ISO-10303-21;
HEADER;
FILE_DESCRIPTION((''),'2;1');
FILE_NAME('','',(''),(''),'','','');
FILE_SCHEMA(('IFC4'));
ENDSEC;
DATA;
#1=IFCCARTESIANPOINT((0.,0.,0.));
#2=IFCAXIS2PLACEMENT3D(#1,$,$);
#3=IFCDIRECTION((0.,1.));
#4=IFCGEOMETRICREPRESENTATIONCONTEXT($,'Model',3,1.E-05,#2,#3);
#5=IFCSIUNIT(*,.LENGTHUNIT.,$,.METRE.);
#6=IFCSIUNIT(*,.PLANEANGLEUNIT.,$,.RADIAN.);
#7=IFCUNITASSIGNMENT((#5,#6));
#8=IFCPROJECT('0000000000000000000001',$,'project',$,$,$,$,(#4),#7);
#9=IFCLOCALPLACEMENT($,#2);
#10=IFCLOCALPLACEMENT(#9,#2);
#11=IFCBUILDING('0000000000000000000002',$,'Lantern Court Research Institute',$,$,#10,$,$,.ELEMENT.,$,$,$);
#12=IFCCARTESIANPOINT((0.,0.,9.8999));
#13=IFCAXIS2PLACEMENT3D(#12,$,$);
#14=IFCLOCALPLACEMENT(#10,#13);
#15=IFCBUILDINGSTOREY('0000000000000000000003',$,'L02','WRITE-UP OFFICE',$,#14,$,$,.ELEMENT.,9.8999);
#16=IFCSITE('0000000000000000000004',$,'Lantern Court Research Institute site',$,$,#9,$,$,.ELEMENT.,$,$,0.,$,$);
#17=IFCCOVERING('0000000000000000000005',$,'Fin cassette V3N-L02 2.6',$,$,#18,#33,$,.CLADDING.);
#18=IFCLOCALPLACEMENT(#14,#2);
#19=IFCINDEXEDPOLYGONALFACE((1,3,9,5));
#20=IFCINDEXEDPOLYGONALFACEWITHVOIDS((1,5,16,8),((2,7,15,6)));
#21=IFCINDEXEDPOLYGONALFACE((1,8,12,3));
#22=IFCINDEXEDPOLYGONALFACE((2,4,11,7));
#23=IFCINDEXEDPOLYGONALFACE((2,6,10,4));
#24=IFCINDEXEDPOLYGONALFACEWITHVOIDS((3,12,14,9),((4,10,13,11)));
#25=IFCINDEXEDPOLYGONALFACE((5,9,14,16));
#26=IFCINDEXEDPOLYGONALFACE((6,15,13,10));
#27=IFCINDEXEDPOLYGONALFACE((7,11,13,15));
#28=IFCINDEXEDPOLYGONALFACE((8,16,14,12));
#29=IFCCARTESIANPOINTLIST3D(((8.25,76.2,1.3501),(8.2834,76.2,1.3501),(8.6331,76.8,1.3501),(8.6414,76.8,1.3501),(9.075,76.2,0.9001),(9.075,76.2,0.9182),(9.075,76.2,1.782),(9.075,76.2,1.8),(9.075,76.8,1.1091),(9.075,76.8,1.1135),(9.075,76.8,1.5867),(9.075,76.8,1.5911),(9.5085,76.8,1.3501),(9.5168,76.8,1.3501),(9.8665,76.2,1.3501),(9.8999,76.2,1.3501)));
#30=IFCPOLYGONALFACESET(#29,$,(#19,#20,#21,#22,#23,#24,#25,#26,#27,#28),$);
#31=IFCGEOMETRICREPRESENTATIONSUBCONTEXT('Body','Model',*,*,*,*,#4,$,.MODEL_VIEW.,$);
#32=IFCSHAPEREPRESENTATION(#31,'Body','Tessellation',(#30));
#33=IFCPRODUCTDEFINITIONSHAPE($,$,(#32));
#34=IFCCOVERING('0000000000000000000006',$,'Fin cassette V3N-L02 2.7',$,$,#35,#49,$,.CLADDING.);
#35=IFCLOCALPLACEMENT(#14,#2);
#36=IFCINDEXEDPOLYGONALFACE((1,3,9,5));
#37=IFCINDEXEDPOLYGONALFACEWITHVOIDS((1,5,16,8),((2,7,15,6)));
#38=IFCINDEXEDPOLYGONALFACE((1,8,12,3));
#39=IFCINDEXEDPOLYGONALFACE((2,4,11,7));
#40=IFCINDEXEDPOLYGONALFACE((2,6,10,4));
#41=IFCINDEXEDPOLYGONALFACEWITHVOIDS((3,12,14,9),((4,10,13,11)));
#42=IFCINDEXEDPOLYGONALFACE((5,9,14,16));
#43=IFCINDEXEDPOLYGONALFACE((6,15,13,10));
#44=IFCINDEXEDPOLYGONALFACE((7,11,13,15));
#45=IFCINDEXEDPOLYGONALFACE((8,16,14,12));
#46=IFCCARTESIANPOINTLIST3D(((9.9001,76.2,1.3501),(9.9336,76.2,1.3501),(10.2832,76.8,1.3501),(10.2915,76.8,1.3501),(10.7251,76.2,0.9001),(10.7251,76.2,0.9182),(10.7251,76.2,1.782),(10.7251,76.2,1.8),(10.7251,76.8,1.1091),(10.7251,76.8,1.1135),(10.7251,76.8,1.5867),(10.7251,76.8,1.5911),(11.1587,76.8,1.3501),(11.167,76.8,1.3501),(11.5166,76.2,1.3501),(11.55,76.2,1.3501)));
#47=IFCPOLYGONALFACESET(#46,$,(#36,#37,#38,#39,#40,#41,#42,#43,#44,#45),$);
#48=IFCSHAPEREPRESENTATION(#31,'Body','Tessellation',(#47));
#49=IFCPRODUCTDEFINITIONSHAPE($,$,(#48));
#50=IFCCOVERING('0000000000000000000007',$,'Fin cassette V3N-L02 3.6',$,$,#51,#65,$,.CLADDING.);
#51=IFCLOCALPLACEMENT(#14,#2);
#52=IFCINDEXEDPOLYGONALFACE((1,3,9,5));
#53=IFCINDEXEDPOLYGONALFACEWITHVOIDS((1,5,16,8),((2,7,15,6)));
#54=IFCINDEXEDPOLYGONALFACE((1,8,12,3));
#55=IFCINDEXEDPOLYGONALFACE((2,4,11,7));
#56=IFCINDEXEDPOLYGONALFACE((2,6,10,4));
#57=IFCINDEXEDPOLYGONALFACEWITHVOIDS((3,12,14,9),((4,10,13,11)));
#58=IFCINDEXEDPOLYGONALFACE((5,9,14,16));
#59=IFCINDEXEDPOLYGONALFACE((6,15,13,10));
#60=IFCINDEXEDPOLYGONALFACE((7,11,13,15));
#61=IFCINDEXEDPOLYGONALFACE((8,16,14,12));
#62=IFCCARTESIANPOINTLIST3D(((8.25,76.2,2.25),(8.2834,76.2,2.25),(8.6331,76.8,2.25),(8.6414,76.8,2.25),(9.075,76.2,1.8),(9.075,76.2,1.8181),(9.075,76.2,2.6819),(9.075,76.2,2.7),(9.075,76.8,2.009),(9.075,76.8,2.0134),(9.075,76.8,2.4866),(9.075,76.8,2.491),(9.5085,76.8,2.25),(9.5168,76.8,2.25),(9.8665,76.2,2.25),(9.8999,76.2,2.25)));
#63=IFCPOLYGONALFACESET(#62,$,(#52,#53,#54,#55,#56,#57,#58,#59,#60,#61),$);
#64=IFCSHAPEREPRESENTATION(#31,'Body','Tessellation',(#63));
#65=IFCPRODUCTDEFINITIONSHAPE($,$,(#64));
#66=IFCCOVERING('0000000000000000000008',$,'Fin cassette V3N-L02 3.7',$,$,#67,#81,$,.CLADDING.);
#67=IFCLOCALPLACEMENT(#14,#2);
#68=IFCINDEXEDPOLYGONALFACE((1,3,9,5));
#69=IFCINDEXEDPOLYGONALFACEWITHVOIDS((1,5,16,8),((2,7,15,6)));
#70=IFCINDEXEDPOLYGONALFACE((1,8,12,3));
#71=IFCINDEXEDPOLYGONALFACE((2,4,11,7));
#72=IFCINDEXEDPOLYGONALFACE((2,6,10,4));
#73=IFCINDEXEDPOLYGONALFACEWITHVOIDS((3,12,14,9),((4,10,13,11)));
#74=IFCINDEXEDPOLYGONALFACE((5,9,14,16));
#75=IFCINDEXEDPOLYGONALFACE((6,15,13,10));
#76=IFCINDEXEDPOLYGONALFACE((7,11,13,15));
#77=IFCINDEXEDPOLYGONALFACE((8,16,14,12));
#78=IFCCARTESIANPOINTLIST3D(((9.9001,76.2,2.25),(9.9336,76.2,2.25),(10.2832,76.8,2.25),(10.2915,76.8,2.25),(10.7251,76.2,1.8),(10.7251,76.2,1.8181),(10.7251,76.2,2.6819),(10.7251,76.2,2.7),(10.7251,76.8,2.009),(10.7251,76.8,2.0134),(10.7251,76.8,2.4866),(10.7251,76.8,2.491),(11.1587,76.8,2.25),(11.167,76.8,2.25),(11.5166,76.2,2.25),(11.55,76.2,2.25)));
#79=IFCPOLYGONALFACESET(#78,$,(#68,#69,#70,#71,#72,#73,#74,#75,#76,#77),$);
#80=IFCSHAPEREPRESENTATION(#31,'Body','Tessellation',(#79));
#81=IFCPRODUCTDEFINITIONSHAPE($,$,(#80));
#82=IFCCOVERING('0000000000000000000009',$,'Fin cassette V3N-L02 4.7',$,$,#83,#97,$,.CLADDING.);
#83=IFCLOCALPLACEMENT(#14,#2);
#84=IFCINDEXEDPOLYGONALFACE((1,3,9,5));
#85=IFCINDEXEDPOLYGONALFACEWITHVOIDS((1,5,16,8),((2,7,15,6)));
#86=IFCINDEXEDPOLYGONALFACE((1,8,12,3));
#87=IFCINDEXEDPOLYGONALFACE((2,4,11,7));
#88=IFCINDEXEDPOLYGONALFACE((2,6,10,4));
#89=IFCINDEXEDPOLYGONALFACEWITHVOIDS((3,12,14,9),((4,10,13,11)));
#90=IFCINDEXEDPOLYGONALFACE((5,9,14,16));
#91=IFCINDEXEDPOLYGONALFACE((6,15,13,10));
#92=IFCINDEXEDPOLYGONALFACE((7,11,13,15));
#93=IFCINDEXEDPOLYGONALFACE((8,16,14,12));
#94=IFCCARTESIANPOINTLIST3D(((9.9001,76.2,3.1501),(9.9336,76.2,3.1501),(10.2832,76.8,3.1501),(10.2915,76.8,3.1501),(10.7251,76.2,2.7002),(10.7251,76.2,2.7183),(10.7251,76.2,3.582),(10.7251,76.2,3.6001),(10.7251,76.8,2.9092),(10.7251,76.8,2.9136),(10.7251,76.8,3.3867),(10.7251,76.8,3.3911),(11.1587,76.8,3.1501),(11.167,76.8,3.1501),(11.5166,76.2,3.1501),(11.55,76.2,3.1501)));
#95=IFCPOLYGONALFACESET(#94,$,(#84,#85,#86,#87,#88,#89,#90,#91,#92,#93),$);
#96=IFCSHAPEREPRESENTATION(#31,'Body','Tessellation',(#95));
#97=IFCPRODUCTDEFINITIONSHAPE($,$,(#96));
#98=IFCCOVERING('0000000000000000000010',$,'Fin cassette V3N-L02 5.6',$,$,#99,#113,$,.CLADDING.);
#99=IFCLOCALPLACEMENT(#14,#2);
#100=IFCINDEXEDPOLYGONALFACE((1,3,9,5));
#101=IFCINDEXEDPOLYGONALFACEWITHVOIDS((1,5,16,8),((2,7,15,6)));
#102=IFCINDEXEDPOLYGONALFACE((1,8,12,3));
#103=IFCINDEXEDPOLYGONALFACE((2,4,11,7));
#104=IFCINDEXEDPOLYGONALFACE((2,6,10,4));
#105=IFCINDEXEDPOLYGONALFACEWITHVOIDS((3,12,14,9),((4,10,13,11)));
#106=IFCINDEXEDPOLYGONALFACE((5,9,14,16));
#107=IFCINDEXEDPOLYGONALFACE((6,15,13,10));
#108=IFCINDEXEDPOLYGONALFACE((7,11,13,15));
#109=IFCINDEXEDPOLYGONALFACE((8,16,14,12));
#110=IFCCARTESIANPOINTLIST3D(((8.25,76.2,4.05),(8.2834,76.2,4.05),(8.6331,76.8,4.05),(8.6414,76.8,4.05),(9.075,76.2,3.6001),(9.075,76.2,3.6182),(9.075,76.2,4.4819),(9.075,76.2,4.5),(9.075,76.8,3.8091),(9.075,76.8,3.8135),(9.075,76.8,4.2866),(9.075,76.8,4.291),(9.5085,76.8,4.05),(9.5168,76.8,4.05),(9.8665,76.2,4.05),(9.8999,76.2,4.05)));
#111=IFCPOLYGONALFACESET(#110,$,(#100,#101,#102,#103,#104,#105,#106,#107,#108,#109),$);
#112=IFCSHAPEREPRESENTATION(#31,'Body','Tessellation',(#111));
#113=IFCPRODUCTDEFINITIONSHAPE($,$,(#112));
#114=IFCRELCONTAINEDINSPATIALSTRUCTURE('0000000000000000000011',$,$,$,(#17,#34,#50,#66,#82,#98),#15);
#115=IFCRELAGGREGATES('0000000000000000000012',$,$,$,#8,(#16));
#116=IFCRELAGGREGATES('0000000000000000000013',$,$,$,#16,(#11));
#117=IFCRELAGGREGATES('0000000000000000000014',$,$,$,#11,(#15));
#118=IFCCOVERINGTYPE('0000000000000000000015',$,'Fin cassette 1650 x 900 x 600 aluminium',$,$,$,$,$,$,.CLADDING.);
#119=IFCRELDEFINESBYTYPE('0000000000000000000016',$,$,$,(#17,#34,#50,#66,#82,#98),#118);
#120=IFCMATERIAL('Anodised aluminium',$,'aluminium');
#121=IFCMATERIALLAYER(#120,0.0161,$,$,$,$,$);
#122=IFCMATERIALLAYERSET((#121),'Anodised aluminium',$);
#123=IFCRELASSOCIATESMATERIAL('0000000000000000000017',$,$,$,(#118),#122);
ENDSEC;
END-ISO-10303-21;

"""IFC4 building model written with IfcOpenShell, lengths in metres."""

from ifc_helpers import new_model, entity, si_unit, direction, frame, origin, place, context, subcontext, project, spatial, material, layer, layer_set, type_object, element, save


model = new_model("IFC4")

# Units and contexts
model_context = context("Model", 3, precision=1e-05, world=origin(), true_north=direction((0.0, 1.0)))
body_context = subcontext(model_context, "Body", "Model", "MODEL_VIEW")
ifc_project = project(units=[si_unit("LENGTHUNIT", "METRE"), si_unit("PLANEANGLEUNIT", "RADIAN")], contexts=[model_context])

# Site, building, storey
site_placement = place(None, origin())
site = spatial("IfcSite", under=ifc_project, at=site_placement, Name="Lantern Court Research Institute site", CompositionType="ELEMENT", RefElevation=0.0)
building_placement = place(site_placement, origin())
building = spatial("IfcBuilding", under=site, at=building_placement, Name="Lantern Court Research Institute", CompositionType="ELEMENT")
storey_placement = place(building_placement, frame((0.0, 0.0, 9.8999)))
storey = spatial("IfcBuildingStorey", under=building, at=storey_placement, Name="L02", Description="WRITE-UP OFFICE", CompositionType="ELEMENT", Elevation=9.8999)

# Coverings
ifc_material_1 = material(Name="Anodised aluminium", Category="aluminium")
ifc_layer_1 = layer(ifc_material_1, 0.0161)
ifc_layer_set_1 = layer_set([ifc_layer_1], Name="Anodised aluminium")
covering_type_1 = type_object("IfcCoveringType", Name="Fin cassette 1650 x 900 x 600 aluminium", PredefinedType="CLADDING", material=ifc_layer_set_1)
covering_1_placement = place(storey_placement, frame((9.075, 76.2, 1.3501), z_axis=(0.0, 1.0, 0.0), x_axis=(-1.0, 0.0, 0.0)))
cartesian_point_1 = entity("IfcCartesianPoint", [0.825, 0.0])
cartesian_point_2 = entity("IfcCartesianPoint", [0.7915, 0.0])
cartesian_point_3 = entity("IfcCartesianPoint", [0.4419, 0.0])
cartesian_point_4 = entity("IfcCartesianPoint", [0.4336, 0.0])
element("IfcCovering", 1, at=covering_1_placement, inside=storey, type_object=covering_type_1, Name="Fin cassette V3N-L02 2.6", PredefinedType="CLADDING", context=body_context, shape_type="SweptSolid", body=[
    entity("IfcExtrudedAreaSolidTapered", entity("IfcArbitraryProfileDefWithVoids", "AREA", None, entity("IfcPolyline", [cartesian_point_1, entity("IfcCartesianPoint", [0.0, 0.45]), entity("IfcCartesianPoint", [-0.825, 0.0]), entity("IfcCartesianPoint", [0.0, -0.45]), cartesian_point_1]), [entity("IfcPolyline", [cartesian_point_2, entity("IfcCartesianPoint", [0.0, 0.4319]), entity("IfcCartesianPoint", [-0.7915, 0.0]), entity("IfcCartesianPoint", [0.0, -0.4319]), cartesian_point_2])]), entity("IfcAxis2Placement3D", entity("IfcCartesianPoint", [0.0, 0.0, 0.0])), entity("IfcDirection", [0.0, 0.0, 1.0]), 0.6001, entity("IfcArbitraryProfileDefWithVoids", "AREA", None, entity("IfcPolyline", [cartesian_point_3, entity("IfcCartesianPoint", [0.0, 0.241]), entity("IfcCartesianPoint", [-0.4419, 0.0]), entity("IfcCartesianPoint", [0.0, -0.241]), cartesian_point_3]), [entity("IfcPolyline", [cartesian_point_4, entity("IfcCartesianPoint", [0.0, 0.2366]), entity("IfcCartesianPoint", [-0.4336, 0.0]), entity("IfcCartesianPoint", [0.0, -0.2366]), cartesian_point_4])])),
])
covering_2_placement = place(storey_placement, frame((10.7251, 76.2, 1.3501), z_axis=(0.0, 1.0, 0.0), x_axis=(-1.0, 0.0, 0.0)))
cartesian_point_5 = entity("IfcCartesianPoint", [0.825, 0.0])
cartesian_point_6 = entity("IfcCartesianPoint", [0.7915, 0.0])
cartesian_point_7 = entity("IfcCartesianPoint", [0.4419, 0.0])
cartesian_point_8 = entity("IfcCartesianPoint", [0.4336, 0.0])
element("IfcCovering", 2, at=covering_2_placement, inside=storey, type_object=covering_type_1, Name="Fin cassette V3N-L02 2.7", PredefinedType="CLADDING", context=body_context, shape_type="SweptSolid", body=[
    entity("IfcExtrudedAreaSolidTapered", entity("IfcArbitraryProfileDefWithVoids", "AREA", None, entity("IfcPolyline", [cartesian_point_5, entity("IfcCartesianPoint", [0.0, 0.45]), entity("IfcCartesianPoint", [-0.825, 0.0]), entity("IfcCartesianPoint", [0.0, -0.45]), cartesian_point_5]), [entity("IfcPolyline", [cartesian_point_6, entity("IfcCartesianPoint", [0.0, 0.4319]), entity("IfcCartesianPoint", [-0.7915, 0.0]), entity("IfcCartesianPoint", [0.0, -0.4319]), cartesian_point_6])]), entity("IfcAxis2Placement3D", entity("IfcCartesianPoint", [0.0, 0.0, 0.0])), entity("IfcDirection", [0.0, 0.0, 1.0]), 0.6001, entity("IfcArbitraryProfileDefWithVoids", "AREA", None, entity("IfcPolyline", [cartesian_point_7, entity("IfcCartesianPoint", [0.0, 0.241]), entity("IfcCartesianPoint", [-0.4419, 0.0]), entity("IfcCartesianPoint", [0.0, -0.241]), cartesian_point_7]), [entity("IfcPolyline", [cartesian_point_8, entity("IfcCartesianPoint", [0.0, 0.2366]), entity("IfcCartesianPoint", [-0.4336, 0.0]), entity("IfcCartesianPoint", [0.0, -0.2366]), cartesian_point_8])])),
])
covering_3_placement = place(storey_placement, frame((9.075, 76.2, 2.25), z_axis=(0.0, 1.0, 0.0), x_axis=(-1.0, 0.0, 0.0)))
cartesian_point_9 = entity("IfcCartesianPoint", [0.825, 0.0])
cartesian_point_10 = entity("IfcCartesianPoint", [0.7915, 0.0])
cartesian_point_11 = entity("IfcCartesianPoint", [0.4419, 0.0])
cartesian_point_12 = entity("IfcCartesianPoint", [0.4336, 0.0])
element("IfcCovering", 3, at=covering_3_placement, inside=storey, type_object=covering_type_1, Name="Fin cassette V3N-L02 3.6", PredefinedType="CLADDING", context=body_context, shape_type="SweptSolid", body=[
    entity("IfcExtrudedAreaSolidTapered", entity("IfcArbitraryProfileDefWithVoids", "AREA", None, entity("IfcPolyline", [cartesian_point_9, entity("IfcCartesianPoint", [0.0, 0.45]), entity("IfcCartesianPoint", [-0.825, 0.0]), entity("IfcCartesianPoint", [0.0, -0.45]), cartesian_point_9]), [entity("IfcPolyline", [cartesian_point_10, entity("IfcCartesianPoint", [0.0, 0.4319]), entity("IfcCartesianPoint", [-0.7915, 0.0]), entity("IfcCartesianPoint", [0.0, -0.4319]), cartesian_point_10])]), entity("IfcAxis2Placement3D", entity("IfcCartesianPoint", [0.0, 0.0, 0.0])), entity("IfcDirection", [0.0, 0.0, 1.0]), 0.6001, entity("IfcArbitraryProfileDefWithVoids", "AREA", None, entity("IfcPolyline", [cartesian_point_11, entity("IfcCartesianPoint", [0.0, 0.241]), entity("IfcCartesianPoint", [-0.4419, 0.0]), entity("IfcCartesianPoint", [0.0, -0.241]), cartesian_point_11]), [entity("IfcPolyline", [cartesian_point_12, entity("IfcCartesianPoint", [0.0, 0.2366]), entity("IfcCartesianPoint", [-0.4336, 0.0]), entity("IfcCartesianPoint", [0.0, -0.2366]), cartesian_point_12])])),
])
covering_4_placement = place(storey_placement, frame((10.7251, 76.2, 2.25), z_axis=(0.0, 1.0, 0.0), x_axis=(-1.0, 0.0, 0.0)))
cartesian_point_13 = entity("IfcCartesianPoint", [0.825, 0.0])
cartesian_point_14 = entity("IfcCartesianPoint", [0.7915, 0.0])
cartesian_point_15 = entity("IfcCartesianPoint", [0.4419, 0.0])
cartesian_point_16 = entity("IfcCartesianPoint", [0.4336, 0.0])
element("IfcCovering", 4, at=covering_4_placement, inside=storey, type_object=covering_type_1, Name="Fin cassette V3N-L02 3.7", PredefinedType="CLADDING", context=body_context, shape_type="SweptSolid", body=[
    entity("IfcExtrudedAreaSolidTapered", entity("IfcArbitraryProfileDefWithVoids", "AREA", None, entity("IfcPolyline", [cartesian_point_13, entity("IfcCartesianPoint", [0.0, 0.45]), entity("IfcCartesianPoint", [-0.825, 0.0]), entity("IfcCartesianPoint", [0.0, -0.45]), cartesian_point_13]), [entity("IfcPolyline", [cartesian_point_14, entity("IfcCartesianPoint", [0.0, 0.4319]), entity("IfcCartesianPoint", [-0.7915, 0.0]), entity("IfcCartesianPoint", [0.0, -0.4319]), cartesian_point_14])]), entity("IfcAxis2Placement3D", entity("IfcCartesianPoint", [0.0, 0.0, 0.0])), entity("IfcDirection", [0.0, 0.0, 1.0]), 0.6001, entity("IfcArbitraryProfileDefWithVoids", "AREA", None, entity("IfcPolyline", [cartesian_point_15, entity("IfcCartesianPoint", [0.0, 0.241]), entity("IfcCartesianPoint", [-0.4419, 0.0]), entity("IfcCartesianPoint", [0.0, -0.241]), cartesian_point_15]), [entity("IfcPolyline", [cartesian_point_16, entity("IfcCartesianPoint", [0.0, 0.2366]), entity("IfcCartesianPoint", [-0.4336, 0.0]), entity("IfcCartesianPoint", [0.0, -0.2366]), cartesian_point_16])])),
])
covering_5_placement = place(storey_placement, frame((10.7251, 76.2, 3.1501), z_axis=(0.0, 1.0, 0.0), x_axis=(-1.0, 0.0, 0.0)))
cartesian_point_17 = entity("IfcCartesianPoint", [0.825, 0.0])
cartesian_point_18 = entity("IfcCartesianPoint", [0.7915, 0.0])
cartesian_point_19 = entity("IfcCartesianPoint", [0.4419, 0.0])
cartesian_point_20 = entity("IfcCartesianPoint", [0.4336, 0.0])
element("IfcCovering", 5, at=covering_5_placement, inside=storey, type_object=covering_type_1, Name="Fin cassette V3N-L02 4.7", PredefinedType="CLADDING", context=body_context, shape_type="SweptSolid", body=[
    entity("IfcExtrudedAreaSolidTapered", entity("IfcArbitraryProfileDefWithVoids", "AREA", None, entity("IfcPolyline", [cartesian_point_17, entity("IfcCartesianPoint", [0.0, 0.45]), entity("IfcCartesianPoint", [-0.825, 0.0]), entity("IfcCartesianPoint", [0.0, -0.45]), cartesian_point_17]), [entity("IfcPolyline", [cartesian_point_18, entity("IfcCartesianPoint", [0.0, 0.4319]), entity("IfcCartesianPoint", [-0.7915, 0.0]), entity("IfcCartesianPoint", [0.0, -0.4319]), cartesian_point_18])]), entity("IfcAxis2Placement3D", entity("IfcCartesianPoint", [0.0, 0.0, 0.0])), entity("IfcDirection", [0.0, 0.0, 1.0]), 0.6001, entity("IfcArbitraryProfileDefWithVoids", "AREA", None, entity("IfcPolyline", [cartesian_point_19, entity("IfcCartesianPoint", [0.0, 0.241]), entity("IfcCartesianPoint", [-0.4419, 0.0]), entity("IfcCartesianPoint", [0.0, -0.241]), cartesian_point_19]), [entity("IfcPolyline", [cartesian_point_20, entity("IfcCartesianPoint", [0.0, 0.2366]), entity("IfcCartesianPoint", [-0.4336, 0.0]), entity("IfcCartesianPoint", [0.0, -0.2366]), cartesian_point_20])])),
])
covering_6_placement = place(storey_placement, frame((9.075, 76.2, 4.05), z_axis=(0.0, 1.0, 0.0), x_axis=(-1.0, 0.0, 0.0)))
cartesian_point_21 = entity("IfcCartesianPoint", [0.825, 0.0])
cartesian_point_22 = entity("IfcCartesianPoint", [0.7915, 0.0])
cartesian_point_23 = entity("IfcCartesianPoint", [0.4419, 0.0])
cartesian_point_24 = entity("IfcCartesianPoint", [0.4336, 0.0])
element("IfcCovering", 6, at=covering_6_placement, inside=storey, type_object=covering_type_1, Name="Fin cassette V3N-L02 5.6", PredefinedType="CLADDING", context=body_context, shape_type="SweptSolid", body=[
    entity("IfcExtrudedAreaSolidTapered", entity("IfcArbitraryProfileDefWithVoids", "AREA", None, entity("IfcPolyline", [cartesian_point_21, entity("IfcCartesianPoint", [0.0, 0.45]), entity("IfcCartesianPoint", [-0.825, 0.0]), entity("IfcCartesianPoint", [0.0, -0.45]), cartesian_point_21]), [entity("IfcPolyline", [cartesian_point_22, entity("IfcCartesianPoint", [0.0, 0.4319]), entity("IfcCartesianPoint", [-0.7915, 0.0]), entity("IfcCartesianPoint", [0.0, -0.4319]), cartesian_point_22])]), entity("IfcAxis2Placement3D", entity("IfcCartesianPoint", [0.0, 0.0, 0.0])), entity("IfcDirection", [0.0, 0.0, 1.0]), 0.6001, entity("IfcArbitraryProfileDefWithVoids", "AREA", None, entity("IfcPolyline", [cartesian_point_23, entity("IfcCartesianPoint", [0.0, 0.241]), entity("IfcCartesianPoint", [-0.4419, 0.0]), entity("IfcCartesianPoint", [0.0, -0.241]), cartesian_point_23]), [entity("IfcPolyline", [cartesian_point_24, entity("IfcCartesianPoint", [0.0, 0.2366]), entity("IfcCartesianPoint", [-0.4336, 0.0]), entity("IfcCartesianPoint", [0.0, -0.2366]), cartesian_point_24])])),
])

save(model, "model.ifc")
